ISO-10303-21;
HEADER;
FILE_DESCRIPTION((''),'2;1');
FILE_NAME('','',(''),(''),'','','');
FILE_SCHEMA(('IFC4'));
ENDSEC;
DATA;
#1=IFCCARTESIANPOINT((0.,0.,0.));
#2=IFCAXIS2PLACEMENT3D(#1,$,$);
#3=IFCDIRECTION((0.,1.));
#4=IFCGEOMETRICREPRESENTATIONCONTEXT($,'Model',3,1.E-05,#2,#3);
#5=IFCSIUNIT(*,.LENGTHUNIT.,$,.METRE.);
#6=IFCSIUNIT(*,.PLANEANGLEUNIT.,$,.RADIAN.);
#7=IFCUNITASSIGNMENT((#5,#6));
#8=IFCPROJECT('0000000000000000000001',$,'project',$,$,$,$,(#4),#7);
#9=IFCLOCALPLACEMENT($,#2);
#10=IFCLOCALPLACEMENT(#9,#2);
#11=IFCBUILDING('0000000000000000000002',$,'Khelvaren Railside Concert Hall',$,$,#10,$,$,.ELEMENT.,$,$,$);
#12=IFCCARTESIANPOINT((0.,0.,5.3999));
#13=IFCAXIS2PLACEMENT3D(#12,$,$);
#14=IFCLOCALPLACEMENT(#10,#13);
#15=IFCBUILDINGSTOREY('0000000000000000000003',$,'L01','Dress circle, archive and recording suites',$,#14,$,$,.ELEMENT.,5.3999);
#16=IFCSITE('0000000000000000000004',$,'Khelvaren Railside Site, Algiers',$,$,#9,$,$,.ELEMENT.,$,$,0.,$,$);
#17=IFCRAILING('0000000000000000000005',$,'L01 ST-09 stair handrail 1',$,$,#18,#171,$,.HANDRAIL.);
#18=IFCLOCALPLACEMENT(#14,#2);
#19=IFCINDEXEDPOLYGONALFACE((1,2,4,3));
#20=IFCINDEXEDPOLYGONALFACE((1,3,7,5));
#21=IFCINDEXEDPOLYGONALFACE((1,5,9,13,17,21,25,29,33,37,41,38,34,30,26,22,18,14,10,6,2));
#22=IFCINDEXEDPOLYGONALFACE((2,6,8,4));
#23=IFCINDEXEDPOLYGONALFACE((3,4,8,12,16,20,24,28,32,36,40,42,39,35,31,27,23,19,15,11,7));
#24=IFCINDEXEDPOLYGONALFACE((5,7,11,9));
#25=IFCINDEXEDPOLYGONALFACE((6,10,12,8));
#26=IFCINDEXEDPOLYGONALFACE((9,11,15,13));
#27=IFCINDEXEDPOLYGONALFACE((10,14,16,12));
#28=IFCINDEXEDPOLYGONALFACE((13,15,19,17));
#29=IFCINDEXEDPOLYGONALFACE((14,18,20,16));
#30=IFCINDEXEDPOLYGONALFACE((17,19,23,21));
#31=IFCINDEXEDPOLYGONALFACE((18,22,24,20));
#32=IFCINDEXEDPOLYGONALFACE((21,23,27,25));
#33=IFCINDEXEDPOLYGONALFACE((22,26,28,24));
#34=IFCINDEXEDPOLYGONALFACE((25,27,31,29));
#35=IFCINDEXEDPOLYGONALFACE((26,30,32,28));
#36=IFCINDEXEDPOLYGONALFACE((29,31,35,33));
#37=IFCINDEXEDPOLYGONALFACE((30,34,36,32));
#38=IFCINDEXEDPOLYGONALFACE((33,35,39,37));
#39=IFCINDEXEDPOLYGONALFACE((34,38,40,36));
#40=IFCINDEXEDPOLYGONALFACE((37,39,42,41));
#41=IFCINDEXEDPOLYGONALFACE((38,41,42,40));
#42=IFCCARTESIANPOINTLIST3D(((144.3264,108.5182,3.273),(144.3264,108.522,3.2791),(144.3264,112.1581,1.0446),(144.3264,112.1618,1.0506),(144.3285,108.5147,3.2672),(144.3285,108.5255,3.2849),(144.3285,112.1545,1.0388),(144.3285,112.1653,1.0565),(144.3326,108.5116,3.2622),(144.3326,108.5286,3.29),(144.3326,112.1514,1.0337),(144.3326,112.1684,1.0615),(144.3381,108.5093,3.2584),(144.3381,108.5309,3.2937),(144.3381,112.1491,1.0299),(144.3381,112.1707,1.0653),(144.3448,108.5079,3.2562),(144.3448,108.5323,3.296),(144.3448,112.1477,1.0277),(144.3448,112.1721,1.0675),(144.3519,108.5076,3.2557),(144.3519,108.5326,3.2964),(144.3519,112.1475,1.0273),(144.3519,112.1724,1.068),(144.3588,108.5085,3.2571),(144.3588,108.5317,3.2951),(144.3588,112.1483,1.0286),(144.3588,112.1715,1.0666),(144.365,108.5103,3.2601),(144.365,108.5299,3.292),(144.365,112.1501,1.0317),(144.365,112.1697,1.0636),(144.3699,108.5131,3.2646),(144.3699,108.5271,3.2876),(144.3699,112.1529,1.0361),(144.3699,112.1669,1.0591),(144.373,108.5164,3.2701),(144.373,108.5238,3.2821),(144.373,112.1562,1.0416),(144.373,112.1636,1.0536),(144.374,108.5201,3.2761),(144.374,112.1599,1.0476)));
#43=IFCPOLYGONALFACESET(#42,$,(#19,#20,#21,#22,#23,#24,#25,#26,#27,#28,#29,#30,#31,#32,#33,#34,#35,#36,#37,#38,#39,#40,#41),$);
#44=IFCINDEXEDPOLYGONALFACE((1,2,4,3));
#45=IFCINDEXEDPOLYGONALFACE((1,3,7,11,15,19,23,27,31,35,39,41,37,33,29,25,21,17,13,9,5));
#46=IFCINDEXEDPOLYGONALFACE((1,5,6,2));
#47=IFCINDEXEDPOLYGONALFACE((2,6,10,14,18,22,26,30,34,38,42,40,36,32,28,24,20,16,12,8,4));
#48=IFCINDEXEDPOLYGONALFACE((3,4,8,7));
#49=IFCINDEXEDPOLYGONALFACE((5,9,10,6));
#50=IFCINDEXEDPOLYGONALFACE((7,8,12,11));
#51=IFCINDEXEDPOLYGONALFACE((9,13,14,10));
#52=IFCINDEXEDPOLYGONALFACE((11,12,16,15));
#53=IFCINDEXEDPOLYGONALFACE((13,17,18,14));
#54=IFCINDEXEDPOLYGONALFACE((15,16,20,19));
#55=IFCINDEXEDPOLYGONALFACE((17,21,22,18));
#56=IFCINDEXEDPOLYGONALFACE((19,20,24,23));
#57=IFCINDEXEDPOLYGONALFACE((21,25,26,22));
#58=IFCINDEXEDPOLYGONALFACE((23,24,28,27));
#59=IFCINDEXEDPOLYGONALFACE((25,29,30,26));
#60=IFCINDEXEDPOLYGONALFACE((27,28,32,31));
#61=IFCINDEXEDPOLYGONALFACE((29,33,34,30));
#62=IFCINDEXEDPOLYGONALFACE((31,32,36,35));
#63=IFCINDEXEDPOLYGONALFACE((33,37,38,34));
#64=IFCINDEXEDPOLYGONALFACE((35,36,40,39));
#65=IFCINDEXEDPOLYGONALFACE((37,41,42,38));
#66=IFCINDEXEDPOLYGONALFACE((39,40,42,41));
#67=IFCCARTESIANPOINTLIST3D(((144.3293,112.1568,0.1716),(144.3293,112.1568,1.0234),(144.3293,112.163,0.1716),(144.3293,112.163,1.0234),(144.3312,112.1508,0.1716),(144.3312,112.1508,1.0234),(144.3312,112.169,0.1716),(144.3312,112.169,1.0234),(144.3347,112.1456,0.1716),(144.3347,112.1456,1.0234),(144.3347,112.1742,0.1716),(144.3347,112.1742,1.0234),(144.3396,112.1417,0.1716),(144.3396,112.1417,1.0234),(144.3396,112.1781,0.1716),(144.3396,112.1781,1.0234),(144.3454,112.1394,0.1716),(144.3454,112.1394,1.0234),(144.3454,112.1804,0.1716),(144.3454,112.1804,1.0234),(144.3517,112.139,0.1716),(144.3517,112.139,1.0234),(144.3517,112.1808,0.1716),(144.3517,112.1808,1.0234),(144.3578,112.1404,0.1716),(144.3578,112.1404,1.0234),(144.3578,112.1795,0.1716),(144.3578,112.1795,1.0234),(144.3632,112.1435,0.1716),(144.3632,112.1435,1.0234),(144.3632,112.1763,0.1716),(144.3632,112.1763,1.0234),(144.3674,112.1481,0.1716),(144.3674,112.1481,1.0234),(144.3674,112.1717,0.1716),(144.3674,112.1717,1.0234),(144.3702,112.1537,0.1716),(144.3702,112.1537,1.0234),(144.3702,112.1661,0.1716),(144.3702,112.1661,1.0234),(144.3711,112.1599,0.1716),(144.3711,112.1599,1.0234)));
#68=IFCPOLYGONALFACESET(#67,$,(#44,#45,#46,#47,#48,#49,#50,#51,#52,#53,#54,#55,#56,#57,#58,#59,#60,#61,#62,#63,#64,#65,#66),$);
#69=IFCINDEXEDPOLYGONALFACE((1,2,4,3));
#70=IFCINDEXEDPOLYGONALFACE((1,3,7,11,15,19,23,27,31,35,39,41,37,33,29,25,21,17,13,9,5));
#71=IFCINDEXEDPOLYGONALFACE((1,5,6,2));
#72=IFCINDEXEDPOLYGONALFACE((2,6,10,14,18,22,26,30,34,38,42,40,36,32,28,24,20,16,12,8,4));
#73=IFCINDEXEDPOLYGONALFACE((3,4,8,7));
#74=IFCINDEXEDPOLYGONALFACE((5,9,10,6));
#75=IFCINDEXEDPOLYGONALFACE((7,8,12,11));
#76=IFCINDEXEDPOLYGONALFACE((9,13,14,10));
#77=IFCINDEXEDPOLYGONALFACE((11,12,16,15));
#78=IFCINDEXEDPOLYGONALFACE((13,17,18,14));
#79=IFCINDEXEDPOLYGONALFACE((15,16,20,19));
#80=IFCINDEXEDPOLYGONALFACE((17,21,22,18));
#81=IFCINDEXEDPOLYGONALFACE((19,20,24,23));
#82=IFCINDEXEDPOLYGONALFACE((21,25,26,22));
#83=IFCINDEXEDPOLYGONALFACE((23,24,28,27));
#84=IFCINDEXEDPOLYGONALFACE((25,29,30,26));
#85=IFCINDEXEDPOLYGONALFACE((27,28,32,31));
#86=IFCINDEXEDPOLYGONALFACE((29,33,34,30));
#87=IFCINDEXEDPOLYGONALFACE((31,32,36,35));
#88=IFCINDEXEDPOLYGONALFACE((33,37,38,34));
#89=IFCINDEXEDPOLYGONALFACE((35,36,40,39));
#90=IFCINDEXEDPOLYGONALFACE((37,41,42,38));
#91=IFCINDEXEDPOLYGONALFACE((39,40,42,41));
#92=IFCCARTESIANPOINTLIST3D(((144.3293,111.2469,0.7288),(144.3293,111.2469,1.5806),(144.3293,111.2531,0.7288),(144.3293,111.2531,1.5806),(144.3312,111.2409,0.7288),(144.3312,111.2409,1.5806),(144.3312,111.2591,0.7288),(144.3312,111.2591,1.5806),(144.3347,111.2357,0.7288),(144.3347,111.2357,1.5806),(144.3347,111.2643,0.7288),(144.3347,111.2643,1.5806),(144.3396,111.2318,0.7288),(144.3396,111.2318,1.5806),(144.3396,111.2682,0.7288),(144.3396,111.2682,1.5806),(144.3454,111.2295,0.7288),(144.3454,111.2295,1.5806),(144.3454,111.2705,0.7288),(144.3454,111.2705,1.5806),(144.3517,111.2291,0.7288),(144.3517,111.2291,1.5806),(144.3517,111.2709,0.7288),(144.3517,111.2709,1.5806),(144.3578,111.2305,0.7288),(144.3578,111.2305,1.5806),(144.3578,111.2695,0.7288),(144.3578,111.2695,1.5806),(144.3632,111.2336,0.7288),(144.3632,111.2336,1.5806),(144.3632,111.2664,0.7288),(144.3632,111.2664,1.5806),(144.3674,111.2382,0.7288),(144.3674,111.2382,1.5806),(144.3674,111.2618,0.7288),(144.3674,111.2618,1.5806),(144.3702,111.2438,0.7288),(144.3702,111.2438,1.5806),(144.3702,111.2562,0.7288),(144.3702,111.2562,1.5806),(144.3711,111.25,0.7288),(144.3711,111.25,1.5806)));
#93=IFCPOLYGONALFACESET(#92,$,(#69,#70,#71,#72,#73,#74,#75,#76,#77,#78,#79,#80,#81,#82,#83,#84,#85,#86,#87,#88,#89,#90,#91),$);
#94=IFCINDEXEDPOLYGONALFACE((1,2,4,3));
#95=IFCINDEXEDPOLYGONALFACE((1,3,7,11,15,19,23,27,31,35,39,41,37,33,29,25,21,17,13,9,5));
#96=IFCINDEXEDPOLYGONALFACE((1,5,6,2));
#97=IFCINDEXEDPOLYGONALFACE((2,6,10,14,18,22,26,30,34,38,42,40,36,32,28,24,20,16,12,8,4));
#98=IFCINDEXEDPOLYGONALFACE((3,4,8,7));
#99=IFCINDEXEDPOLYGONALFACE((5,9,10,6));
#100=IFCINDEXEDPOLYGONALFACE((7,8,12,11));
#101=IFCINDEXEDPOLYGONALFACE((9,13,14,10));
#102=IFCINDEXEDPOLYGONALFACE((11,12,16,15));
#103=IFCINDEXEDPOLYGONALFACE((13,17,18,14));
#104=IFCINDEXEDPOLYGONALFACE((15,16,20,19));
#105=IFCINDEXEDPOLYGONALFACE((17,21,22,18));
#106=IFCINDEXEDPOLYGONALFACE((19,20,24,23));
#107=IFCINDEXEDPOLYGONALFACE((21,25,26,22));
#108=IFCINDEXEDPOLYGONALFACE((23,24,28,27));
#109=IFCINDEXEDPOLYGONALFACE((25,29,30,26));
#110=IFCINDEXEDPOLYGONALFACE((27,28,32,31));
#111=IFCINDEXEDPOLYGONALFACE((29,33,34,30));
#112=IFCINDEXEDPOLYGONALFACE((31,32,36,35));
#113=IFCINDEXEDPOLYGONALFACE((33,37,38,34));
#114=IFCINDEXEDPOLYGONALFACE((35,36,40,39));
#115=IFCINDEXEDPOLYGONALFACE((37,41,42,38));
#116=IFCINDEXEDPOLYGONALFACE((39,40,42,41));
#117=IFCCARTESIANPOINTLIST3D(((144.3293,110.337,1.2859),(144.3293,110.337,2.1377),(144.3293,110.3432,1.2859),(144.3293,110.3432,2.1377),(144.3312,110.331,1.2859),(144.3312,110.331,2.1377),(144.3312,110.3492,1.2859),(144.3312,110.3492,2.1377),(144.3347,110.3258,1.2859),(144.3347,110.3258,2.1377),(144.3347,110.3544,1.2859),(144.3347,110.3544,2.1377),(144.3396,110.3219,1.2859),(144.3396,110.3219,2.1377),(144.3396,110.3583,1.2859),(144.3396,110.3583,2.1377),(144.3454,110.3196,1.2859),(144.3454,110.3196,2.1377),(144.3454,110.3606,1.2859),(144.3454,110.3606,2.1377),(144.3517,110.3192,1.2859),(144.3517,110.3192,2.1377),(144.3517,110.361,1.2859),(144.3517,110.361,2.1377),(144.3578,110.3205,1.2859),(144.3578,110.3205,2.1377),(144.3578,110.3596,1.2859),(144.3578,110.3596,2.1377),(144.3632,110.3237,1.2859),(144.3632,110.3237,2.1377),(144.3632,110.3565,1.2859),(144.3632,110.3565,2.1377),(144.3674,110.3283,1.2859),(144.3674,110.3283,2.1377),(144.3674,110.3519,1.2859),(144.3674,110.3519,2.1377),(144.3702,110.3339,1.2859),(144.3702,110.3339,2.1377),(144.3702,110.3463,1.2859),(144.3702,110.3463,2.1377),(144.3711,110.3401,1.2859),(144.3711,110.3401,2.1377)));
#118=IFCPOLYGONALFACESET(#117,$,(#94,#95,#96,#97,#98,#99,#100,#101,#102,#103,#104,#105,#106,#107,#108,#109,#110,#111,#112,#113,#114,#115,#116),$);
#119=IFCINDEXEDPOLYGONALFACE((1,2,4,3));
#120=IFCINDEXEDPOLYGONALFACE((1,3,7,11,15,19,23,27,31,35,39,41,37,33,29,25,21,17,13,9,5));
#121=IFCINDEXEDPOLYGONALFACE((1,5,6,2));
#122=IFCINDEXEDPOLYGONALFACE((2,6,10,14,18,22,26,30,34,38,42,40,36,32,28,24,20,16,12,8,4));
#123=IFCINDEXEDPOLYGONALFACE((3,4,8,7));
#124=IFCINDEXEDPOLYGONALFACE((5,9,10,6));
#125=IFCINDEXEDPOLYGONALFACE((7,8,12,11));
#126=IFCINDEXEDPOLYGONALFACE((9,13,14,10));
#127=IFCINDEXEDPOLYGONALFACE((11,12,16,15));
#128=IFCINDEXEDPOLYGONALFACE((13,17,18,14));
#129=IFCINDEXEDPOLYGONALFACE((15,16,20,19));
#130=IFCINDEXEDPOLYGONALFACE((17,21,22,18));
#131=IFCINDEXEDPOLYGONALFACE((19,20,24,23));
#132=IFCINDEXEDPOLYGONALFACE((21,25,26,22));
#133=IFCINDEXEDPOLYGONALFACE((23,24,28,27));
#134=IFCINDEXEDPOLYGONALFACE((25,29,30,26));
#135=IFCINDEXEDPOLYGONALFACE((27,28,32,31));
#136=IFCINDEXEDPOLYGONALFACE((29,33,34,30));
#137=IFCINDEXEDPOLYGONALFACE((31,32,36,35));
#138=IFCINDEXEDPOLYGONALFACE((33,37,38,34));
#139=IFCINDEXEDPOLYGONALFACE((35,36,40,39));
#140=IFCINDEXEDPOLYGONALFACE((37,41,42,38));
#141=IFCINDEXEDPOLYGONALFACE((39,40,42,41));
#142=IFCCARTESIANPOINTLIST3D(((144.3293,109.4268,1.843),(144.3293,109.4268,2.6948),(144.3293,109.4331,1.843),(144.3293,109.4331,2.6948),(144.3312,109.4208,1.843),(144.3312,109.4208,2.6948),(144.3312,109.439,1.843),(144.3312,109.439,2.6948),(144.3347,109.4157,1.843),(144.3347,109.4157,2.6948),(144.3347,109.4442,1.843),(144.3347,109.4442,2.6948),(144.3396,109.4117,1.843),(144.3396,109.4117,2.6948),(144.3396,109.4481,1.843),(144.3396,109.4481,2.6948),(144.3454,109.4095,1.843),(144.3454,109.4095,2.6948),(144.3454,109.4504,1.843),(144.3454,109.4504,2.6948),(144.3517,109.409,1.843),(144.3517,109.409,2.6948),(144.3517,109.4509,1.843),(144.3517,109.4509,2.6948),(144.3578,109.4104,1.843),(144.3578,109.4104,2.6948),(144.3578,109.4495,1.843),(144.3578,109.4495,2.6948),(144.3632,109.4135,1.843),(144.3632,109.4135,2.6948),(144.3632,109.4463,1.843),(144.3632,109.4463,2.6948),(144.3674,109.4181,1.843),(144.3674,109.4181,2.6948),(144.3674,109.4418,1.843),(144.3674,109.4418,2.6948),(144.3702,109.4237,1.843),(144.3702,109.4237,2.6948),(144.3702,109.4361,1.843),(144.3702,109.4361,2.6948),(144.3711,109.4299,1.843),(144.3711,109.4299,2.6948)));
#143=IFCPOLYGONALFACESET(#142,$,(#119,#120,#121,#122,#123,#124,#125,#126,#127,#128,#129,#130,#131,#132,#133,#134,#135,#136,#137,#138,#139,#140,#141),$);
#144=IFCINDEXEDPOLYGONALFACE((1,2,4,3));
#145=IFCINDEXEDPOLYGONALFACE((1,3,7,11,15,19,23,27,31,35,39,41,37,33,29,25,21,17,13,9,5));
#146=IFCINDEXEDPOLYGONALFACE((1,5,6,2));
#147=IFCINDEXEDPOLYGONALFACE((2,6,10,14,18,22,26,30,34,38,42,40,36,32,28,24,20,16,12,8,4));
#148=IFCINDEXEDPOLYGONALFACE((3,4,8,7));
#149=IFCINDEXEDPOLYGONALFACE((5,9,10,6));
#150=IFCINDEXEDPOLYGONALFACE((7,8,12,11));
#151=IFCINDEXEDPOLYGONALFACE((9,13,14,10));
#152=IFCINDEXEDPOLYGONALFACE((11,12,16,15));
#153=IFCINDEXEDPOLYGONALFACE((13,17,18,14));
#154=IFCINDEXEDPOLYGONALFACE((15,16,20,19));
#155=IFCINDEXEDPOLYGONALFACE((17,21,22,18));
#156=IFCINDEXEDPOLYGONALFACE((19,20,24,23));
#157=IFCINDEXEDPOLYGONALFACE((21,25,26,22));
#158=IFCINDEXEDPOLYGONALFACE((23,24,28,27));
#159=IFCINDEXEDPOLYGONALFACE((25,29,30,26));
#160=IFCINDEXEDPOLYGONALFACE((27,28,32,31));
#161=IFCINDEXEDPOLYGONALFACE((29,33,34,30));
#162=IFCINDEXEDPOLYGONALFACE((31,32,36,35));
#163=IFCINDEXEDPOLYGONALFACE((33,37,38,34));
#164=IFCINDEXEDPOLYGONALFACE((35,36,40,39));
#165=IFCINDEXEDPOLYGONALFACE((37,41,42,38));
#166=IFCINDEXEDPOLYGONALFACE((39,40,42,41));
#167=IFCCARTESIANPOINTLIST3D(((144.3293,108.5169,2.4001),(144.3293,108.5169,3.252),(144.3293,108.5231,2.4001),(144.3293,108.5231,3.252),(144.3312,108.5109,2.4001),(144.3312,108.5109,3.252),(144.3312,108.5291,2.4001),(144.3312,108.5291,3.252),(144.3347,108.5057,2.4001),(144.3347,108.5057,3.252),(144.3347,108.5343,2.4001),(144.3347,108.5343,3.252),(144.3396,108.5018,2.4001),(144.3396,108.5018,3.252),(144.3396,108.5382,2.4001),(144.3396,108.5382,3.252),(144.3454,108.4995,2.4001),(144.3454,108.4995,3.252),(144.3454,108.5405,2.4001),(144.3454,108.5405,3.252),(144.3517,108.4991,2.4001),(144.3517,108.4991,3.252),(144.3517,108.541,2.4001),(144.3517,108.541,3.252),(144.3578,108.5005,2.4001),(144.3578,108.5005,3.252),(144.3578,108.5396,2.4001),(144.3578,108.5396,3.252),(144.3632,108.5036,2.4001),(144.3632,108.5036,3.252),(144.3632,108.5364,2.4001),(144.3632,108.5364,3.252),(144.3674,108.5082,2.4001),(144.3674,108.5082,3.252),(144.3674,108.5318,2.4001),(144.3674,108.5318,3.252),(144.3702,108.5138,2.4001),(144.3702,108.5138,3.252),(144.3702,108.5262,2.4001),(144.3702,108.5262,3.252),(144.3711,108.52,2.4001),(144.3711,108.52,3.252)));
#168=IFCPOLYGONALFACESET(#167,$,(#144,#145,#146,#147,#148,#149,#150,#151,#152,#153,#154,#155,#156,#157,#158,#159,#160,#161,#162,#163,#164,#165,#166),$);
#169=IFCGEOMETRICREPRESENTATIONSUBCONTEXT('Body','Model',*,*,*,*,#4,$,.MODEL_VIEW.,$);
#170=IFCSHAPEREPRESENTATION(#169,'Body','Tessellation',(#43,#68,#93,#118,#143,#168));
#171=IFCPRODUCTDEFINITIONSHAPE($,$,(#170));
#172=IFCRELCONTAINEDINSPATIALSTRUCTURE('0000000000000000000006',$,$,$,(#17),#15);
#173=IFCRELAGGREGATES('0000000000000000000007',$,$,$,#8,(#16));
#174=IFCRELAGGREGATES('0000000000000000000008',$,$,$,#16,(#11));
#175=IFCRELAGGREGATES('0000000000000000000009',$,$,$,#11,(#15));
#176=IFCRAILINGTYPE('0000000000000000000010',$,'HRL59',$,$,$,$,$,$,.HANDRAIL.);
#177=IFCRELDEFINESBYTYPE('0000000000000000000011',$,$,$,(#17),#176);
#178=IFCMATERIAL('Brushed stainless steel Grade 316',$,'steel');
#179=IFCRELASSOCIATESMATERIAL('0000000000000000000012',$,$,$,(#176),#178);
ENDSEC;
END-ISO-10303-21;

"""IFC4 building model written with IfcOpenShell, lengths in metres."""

from ifc_helpers import new_model, si_unit, direction, frame, origin, origin_2d, place, context, subcontext, project, spatial, circle, extrude, material, type_object, element, save


model = new_model("IFC4")

# Units and contexts
model_context = context("Model", 3, precision=1e-05, world=origin(), true_north=direction((0.0, 1.0)))
body_context = subcontext(model_context, "Body", "Model", "MODEL_VIEW")
ifc_project = project(units=[si_unit("LENGTHUNIT", "METRE"), si_unit("PLANEANGLEUNIT", "RADIAN")], contexts=[model_context])

# Site, building, storey
site_placement = place(None, origin())
site = spatial("IfcSite", under=ifc_project, at=site_placement, Name="Khelvaren Railside Site, Algiers", CompositionType="ELEMENT", RefElevation=0.0)
building_placement = place(site_placement, origin())
building = spatial("IfcBuilding", under=site, at=building_placement, Name="Khelvaren Railside Concert Hall", CompositionType="ELEMENT")
storey_placement = place(building_placement, frame((0.0, 0.0, 5.3999)))
storey = spatial("IfcBuildingStorey", under=building, at=storey_placement, Name="L01", Description="Dress circle, archive and recording suites", CompositionType="ELEMENT", Elevation=5.3999)

# Railing
ifc_material_1 = material(Name="Brushed stainless steel Grade 316", Category="steel")
railing_type_1 = type_object("IfcRailingType", Name="HRL59", PredefinedType="HANDRAIL", material=ifc_material_1)
railing_1_placement = place(storey_placement, frame((144.3501, 112.1599, 0.1716)))
element("IfcRailing", 1, at=railing_1_placement, inside=storey, type_object=railing_type_1, Name="L01 ST-09 stair handrail 1", PredefinedType="HANDRAIL", context=body_context, shape_type="SweptSolid", body=[
    extrude(circle(Radius=0.0239, at=origin_2d()), frame((0.0, 0.0, 0.876), z_axis=(0.0, -0.85285, 0.522156), x_axis=(1.0, 0.0, 0.0)), (0.0, 0.0, 1.0), 4.2678),
    extrude(circle(Radius=0.021, at=origin_2d()), origin(), (0.0, 0.0, 1.0), 0.8518),
    extrude(circle(Radius=0.021, at=origin_2d()), frame((0.0, -0.9099, 0.5571)), (0.0, 0.0, 1.0), 0.8518),
    extrude(circle(Radius=0.021, at=origin_2d()), frame((0.0, -1.8198, 1.1143)), (0.0, 0.0, 1.0), 0.8518),
    extrude(circle(Radius=0.021, at=origin_2d()), frame((0.0, -2.73, 1.6714)), (0.0, 0.0, 1.0), 0.8518),
    extrude(circle(Radius=0.021, at=origin_2d()), frame((0.0, -3.6399, 2.2285)), (0.0, 0.0, 1.0), 0.8518),
])

save(model, "model.ifc")
